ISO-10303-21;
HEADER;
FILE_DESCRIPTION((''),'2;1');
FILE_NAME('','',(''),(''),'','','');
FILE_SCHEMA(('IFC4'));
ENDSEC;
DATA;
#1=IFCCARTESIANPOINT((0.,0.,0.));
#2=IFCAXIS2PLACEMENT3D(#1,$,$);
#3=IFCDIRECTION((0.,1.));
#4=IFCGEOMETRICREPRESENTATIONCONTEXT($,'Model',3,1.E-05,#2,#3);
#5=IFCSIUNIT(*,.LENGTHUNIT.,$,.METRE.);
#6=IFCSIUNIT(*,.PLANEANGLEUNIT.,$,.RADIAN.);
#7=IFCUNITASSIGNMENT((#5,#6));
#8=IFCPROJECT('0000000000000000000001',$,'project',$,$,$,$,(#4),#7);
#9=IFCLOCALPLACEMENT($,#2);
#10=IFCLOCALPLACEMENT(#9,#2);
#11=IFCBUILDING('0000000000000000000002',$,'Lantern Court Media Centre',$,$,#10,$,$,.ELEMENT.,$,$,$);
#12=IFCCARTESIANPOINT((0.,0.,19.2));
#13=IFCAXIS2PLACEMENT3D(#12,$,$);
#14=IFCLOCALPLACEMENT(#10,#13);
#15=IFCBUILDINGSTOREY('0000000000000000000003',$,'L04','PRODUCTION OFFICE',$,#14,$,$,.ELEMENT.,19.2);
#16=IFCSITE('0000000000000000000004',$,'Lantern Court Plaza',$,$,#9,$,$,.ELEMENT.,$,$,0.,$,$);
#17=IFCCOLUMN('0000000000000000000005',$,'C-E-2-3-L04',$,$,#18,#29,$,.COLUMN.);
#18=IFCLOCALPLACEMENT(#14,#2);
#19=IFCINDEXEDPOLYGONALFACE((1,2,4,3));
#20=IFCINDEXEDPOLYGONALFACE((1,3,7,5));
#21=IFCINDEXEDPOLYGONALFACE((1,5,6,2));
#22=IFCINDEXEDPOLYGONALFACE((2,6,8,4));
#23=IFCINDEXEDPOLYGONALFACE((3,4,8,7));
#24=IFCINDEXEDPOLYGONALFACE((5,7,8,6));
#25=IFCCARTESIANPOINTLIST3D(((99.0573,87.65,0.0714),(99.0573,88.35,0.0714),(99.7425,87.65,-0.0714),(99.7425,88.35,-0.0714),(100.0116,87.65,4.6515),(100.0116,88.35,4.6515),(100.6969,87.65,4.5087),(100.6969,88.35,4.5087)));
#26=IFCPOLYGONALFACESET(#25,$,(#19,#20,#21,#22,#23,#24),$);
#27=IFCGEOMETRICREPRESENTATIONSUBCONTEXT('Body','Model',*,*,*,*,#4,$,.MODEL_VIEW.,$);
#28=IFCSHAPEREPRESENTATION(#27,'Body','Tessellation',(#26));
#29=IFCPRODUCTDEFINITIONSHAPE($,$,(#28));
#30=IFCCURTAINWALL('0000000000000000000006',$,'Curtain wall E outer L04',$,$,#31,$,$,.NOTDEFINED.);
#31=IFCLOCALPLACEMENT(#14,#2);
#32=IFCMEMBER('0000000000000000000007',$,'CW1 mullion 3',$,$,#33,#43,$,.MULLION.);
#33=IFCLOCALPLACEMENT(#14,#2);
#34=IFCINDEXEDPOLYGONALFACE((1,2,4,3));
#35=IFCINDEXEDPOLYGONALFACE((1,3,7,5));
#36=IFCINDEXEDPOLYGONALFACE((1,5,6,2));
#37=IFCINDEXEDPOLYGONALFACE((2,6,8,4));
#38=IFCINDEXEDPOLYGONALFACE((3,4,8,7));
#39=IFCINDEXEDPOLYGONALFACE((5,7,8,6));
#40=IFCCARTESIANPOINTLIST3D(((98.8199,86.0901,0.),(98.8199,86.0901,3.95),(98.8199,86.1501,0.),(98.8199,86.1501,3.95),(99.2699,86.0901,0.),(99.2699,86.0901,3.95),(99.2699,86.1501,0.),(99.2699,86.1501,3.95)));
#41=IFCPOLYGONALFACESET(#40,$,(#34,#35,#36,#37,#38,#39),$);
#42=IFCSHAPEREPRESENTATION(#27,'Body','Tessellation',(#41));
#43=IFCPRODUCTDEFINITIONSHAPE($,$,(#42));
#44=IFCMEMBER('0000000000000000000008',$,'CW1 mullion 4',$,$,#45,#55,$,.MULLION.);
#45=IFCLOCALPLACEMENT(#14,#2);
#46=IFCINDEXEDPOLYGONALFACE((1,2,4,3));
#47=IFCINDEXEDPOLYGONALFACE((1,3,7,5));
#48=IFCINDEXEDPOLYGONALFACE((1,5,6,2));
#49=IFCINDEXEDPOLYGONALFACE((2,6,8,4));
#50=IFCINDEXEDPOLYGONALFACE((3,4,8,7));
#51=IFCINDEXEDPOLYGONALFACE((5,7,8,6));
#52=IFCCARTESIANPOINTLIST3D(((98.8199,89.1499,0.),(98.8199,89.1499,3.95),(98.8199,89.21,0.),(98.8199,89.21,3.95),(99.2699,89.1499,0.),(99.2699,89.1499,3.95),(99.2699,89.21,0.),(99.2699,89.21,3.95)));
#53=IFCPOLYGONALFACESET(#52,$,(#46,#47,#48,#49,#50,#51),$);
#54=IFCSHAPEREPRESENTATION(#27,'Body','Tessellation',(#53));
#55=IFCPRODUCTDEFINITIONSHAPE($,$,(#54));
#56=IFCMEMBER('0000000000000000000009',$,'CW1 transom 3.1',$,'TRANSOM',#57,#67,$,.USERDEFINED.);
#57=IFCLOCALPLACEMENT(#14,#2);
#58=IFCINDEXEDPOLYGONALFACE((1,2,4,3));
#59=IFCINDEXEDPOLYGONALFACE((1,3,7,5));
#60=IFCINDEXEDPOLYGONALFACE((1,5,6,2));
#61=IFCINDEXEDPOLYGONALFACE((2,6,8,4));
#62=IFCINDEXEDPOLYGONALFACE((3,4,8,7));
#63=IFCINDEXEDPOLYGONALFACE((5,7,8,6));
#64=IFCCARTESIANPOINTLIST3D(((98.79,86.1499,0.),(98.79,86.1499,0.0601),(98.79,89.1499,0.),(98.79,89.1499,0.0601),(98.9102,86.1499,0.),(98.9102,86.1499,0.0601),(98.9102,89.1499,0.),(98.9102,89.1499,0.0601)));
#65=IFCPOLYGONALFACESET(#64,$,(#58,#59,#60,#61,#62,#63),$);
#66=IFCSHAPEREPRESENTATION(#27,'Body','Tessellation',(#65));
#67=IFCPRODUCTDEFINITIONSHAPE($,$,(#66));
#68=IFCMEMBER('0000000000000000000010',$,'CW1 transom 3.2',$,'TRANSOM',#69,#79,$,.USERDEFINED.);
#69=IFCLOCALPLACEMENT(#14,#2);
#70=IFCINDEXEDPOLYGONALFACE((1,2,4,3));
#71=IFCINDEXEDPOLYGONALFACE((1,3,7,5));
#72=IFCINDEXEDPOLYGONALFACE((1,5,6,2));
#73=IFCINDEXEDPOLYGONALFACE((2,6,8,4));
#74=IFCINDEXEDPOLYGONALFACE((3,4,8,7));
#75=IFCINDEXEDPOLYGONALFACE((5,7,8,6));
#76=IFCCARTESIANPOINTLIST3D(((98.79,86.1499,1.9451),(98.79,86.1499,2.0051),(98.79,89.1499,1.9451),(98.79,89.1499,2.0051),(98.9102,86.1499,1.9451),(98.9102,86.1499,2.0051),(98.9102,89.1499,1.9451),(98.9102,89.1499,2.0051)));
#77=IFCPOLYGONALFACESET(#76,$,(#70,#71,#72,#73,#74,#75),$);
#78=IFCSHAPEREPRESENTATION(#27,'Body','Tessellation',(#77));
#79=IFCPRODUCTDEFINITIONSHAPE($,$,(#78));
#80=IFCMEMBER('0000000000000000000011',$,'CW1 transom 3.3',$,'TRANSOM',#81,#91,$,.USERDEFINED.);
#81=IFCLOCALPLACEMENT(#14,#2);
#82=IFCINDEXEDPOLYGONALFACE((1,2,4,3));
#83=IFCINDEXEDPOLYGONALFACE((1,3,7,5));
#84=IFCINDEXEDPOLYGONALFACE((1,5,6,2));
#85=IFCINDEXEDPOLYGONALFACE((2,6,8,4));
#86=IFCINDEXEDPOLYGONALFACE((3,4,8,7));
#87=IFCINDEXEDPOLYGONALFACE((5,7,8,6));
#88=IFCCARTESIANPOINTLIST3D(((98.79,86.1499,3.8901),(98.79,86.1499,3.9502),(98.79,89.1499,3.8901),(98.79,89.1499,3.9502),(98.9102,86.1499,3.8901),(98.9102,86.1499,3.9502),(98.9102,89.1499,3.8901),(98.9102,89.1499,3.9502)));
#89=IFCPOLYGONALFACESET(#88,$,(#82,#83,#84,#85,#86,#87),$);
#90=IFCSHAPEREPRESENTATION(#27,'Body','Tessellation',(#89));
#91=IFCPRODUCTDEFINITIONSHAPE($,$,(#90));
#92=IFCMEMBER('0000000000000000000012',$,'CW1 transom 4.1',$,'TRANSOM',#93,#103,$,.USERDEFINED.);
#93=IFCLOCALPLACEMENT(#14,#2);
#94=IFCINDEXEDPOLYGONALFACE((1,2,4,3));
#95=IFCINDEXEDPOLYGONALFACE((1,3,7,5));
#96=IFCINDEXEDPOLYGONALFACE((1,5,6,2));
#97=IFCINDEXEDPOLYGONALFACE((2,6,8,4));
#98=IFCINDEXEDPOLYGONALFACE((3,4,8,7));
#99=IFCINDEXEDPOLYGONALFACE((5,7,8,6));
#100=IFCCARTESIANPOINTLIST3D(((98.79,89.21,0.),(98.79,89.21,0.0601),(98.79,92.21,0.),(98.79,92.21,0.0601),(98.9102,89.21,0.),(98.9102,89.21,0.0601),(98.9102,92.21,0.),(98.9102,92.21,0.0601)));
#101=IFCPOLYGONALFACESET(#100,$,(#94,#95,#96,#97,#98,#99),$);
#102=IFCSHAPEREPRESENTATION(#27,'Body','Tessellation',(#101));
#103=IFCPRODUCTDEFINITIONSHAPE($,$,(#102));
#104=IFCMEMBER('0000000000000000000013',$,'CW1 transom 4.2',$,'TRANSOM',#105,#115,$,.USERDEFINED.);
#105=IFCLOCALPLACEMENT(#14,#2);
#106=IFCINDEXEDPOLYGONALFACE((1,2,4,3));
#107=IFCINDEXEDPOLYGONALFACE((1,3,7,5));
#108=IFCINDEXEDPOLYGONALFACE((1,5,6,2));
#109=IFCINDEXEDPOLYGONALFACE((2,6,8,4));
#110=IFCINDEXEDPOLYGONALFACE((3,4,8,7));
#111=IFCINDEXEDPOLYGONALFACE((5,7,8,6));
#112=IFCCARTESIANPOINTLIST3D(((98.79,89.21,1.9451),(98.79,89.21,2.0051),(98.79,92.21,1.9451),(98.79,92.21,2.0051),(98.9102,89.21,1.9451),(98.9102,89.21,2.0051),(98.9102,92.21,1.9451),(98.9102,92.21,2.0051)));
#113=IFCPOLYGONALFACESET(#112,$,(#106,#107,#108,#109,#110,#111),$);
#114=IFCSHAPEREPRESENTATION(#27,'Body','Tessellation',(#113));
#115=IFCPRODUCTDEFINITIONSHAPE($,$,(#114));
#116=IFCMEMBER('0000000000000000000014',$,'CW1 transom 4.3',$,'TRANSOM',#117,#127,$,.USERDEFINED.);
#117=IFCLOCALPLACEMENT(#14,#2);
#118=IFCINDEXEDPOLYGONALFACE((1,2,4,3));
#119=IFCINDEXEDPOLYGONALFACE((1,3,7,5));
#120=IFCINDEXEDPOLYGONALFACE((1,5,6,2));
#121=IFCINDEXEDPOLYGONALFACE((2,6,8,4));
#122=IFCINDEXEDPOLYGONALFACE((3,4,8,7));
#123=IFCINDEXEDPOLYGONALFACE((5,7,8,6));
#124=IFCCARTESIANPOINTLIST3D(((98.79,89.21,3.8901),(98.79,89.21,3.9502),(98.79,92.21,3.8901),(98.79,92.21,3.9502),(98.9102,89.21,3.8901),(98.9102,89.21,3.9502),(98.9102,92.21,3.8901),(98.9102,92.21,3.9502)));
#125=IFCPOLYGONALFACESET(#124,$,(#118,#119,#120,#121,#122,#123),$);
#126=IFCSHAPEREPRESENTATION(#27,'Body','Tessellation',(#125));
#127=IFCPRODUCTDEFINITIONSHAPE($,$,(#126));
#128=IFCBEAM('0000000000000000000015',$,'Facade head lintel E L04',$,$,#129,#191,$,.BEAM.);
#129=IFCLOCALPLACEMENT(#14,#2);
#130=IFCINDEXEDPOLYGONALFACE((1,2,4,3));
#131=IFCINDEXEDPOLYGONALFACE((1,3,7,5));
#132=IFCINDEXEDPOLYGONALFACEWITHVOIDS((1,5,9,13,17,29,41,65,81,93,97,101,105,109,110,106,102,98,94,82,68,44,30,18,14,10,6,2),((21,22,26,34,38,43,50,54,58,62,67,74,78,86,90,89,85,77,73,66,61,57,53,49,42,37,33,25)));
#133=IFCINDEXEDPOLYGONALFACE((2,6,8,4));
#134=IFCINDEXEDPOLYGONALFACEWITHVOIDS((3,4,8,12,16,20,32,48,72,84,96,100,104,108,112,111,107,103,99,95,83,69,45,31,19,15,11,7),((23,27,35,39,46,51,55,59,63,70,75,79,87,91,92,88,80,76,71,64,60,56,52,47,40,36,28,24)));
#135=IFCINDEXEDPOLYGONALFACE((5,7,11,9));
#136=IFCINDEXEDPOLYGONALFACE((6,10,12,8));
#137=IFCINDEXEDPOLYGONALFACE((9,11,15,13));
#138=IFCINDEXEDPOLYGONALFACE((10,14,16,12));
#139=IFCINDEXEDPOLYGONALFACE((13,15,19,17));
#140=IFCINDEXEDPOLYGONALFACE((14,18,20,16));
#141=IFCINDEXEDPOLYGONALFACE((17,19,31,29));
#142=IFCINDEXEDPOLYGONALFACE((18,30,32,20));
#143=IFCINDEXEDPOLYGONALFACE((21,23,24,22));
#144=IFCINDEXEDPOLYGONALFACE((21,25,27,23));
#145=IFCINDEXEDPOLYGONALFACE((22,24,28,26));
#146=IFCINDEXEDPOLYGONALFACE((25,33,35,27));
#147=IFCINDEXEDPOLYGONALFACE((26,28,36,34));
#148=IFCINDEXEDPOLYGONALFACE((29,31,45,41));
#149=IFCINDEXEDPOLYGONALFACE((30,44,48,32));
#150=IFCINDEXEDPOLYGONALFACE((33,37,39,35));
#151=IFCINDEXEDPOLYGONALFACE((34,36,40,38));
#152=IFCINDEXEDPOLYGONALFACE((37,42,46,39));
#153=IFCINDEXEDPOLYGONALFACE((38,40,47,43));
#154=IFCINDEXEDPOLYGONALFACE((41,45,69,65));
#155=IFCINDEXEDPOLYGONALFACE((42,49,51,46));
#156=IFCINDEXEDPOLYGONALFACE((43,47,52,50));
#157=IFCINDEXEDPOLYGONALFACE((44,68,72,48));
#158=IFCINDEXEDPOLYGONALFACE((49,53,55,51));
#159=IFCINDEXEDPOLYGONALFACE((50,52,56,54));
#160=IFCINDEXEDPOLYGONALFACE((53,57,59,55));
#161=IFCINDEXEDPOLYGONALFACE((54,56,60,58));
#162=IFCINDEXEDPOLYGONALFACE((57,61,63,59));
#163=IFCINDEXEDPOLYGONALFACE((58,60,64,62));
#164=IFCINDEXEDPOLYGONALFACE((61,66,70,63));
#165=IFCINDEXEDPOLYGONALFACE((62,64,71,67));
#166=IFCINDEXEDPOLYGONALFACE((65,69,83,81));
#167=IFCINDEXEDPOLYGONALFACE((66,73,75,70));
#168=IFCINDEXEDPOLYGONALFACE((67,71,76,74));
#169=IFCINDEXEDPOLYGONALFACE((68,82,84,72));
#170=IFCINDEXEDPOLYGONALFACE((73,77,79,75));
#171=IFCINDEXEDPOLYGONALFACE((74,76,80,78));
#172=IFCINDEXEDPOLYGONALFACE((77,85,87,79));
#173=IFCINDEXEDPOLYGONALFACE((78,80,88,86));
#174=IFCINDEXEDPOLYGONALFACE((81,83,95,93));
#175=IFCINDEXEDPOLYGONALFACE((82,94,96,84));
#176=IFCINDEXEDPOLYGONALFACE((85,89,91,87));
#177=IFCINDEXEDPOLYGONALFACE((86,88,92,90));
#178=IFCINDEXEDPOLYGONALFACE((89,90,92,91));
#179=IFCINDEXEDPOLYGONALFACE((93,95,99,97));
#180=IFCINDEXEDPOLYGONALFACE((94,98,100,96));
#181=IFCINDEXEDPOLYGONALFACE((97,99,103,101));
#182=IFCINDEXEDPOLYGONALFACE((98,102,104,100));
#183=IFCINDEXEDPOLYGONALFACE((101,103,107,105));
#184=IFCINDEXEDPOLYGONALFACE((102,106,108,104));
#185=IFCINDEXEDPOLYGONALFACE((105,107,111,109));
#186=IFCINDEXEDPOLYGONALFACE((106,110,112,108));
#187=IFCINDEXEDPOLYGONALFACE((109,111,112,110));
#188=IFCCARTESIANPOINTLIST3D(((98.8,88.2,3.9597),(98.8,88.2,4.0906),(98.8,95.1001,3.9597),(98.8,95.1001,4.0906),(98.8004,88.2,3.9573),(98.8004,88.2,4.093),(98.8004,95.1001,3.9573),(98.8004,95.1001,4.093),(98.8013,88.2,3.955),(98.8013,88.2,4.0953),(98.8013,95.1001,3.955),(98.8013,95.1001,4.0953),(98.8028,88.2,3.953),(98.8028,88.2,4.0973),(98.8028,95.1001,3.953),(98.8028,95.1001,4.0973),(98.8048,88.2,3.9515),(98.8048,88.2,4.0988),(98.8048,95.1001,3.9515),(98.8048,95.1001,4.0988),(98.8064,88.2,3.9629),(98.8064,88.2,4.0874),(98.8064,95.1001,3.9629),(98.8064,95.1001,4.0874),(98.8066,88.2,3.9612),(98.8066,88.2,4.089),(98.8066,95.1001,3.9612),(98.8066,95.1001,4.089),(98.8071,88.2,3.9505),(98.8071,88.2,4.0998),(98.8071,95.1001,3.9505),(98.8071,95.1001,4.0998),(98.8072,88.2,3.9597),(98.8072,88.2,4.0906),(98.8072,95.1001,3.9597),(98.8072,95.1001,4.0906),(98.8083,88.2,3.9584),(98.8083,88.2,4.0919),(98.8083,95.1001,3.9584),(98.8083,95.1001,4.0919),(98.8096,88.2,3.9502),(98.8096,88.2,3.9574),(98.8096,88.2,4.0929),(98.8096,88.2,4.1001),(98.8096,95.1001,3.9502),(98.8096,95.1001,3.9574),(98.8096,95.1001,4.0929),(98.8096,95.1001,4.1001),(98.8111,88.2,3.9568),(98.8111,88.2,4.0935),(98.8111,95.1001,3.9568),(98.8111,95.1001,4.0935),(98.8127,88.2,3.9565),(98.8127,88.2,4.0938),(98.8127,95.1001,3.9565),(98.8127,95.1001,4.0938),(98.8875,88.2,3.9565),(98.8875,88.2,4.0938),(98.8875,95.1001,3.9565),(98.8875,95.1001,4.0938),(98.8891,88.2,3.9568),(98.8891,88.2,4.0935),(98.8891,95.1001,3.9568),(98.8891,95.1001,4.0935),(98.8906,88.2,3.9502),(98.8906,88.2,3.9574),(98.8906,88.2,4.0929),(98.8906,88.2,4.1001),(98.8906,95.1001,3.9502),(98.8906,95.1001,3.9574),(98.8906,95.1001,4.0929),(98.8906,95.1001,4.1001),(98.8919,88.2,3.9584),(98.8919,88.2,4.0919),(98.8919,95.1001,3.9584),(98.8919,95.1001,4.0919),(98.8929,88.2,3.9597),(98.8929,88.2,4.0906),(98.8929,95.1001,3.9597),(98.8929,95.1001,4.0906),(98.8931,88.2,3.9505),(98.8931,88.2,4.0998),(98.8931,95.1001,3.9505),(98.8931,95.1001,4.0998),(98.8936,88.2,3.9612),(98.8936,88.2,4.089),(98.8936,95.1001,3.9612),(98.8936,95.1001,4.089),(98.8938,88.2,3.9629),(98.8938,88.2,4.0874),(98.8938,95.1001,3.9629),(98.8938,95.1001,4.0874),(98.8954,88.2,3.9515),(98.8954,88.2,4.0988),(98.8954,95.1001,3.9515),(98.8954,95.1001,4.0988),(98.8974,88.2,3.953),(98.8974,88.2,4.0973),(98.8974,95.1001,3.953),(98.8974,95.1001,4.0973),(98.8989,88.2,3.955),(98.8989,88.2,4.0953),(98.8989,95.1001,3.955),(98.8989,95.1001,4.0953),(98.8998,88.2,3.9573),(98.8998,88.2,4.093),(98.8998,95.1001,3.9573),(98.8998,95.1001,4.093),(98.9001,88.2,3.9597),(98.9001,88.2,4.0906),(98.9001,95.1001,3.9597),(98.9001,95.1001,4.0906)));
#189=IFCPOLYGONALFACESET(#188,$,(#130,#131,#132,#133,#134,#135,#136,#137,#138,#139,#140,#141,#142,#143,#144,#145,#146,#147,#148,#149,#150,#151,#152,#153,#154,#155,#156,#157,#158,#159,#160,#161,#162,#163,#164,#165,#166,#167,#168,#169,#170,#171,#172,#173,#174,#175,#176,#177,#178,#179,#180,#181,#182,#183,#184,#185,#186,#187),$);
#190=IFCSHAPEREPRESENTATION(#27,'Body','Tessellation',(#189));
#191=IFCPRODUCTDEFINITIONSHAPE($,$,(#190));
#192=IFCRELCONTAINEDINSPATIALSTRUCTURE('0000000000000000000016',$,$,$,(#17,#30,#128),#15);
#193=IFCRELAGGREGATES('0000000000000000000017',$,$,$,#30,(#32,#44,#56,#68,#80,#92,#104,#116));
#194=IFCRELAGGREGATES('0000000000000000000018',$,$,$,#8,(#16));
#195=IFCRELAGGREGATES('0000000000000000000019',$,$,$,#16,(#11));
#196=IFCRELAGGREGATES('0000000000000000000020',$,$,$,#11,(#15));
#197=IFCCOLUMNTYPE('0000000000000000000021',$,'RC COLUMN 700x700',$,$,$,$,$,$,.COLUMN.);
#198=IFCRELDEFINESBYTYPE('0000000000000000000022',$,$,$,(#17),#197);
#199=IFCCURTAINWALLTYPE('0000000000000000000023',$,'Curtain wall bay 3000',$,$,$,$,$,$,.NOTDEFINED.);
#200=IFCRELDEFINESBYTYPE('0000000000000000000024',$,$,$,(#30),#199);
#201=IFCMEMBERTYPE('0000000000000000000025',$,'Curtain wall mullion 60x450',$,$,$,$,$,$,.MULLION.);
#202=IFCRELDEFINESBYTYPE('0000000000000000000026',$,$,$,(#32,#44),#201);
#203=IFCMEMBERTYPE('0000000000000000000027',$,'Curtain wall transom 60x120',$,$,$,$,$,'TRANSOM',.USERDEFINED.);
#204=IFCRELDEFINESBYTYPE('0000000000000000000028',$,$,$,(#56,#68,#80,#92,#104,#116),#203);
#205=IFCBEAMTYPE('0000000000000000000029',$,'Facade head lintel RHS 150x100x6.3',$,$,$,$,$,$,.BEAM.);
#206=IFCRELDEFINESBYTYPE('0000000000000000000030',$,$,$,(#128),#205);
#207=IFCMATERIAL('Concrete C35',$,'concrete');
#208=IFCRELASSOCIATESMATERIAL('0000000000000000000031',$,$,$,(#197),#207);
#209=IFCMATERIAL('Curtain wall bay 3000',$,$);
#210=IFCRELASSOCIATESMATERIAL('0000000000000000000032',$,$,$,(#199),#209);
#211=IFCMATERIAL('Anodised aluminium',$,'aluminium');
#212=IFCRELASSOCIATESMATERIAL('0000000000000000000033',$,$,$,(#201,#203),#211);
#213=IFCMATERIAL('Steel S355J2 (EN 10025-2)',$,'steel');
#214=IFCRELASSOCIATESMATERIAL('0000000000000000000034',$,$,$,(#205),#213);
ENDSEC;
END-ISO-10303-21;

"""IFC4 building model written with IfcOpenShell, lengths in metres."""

from ifc_helpers import new_model, si_unit, direction, frame, origin, origin_2d, place, context, subcontext, project, spatial, rectangle, hollow_rectangle, extrude, material, material_profile, profile_set, type_object, element, aggregate, save


model = new_model("IFC4")

# Units and contexts
model_context = context("Model", 3, precision=1e-05, world=origin(), true_north=direction((0.0, 1.0)))
body_context = subcontext(model_context, "Body", "Model", "MODEL_VIEW")
ifc_project = project(units=[si_unit("LENGTHUNIT", "METRE"), si_unit("PLANEANGLEUNIT", "RADIAN")], contexts=[model_context])

# Site, building, storey
site_placement = place(None, origin())
site = spatial("IfcSite", under=ifc_project, at=site_placement, Name="Lantern Court Plaza", CompositionType="ELEMENT", RefElevation=0.0)
building_placement = place(site_placement, origin())
building = spatial("IfcBuilding", under=site, at=building_placement, Name="Lantern Court Media Centre", CompositionType="ELEMENT")
storey_placement = place(building_placement, frame((0.0, 0.0, 19.2)))
storey = spatial("IfcBuildingStorey", under=building, at=storey_placement, Name="L04", Description="PRODUCTION OFFICE", CompositionType="ELEMENT", Elevation=19.2)

# Column
ifc_material_1 = material(Name="Concrete C35", Category="concrete")
ifc_material_profile_1 = material_profile(ifc_material_1, rectangle(XDim=0.7, YDim=0.7, at=origin_2d()), Name="RC 700x700")
ifc_profile_set_1 = profile_set([ifc_material_profile_1], Name="Concrete C35")
column_type = type_object("IfcColumnType", Name="RC COLUMN 700x700", PredefinedType="COLUMN", material=ifc_profile_set_1)
column_placement = place(storey_placement, frame((99.3999, 88.0, 0.0), z_axis=(0.203988, 0.0, 0.978973), x_axis=(0.0, 1.0, 0.0)))
element("IfcColumn", 1, at=column_placement, inside=storey, type_object=column_type, Name="C-E-2-3-L04", PredefinedType="COLUMN", context=body_context, shape_type="SweptSolid", body=[
    extrude(rectangle(XDim=0.7, YDim=0.7, at=origin_2d()), origin(), (0.0, 0.0, 1.0), 4.6785),
])

# Curtain wall, members
ifc_material_2 = material(Name="Curtain wall bay 3000")
curtain_wall_type = type_object("IfcCurtainWallType", Name="Curtain wall bay 3000", PredefinedType="NOTDEFINED", material=ifc_material_2)
curtain_wall_placement = place(storey_placement, origin())
curtain_wall = element("IfcCurtainWall", 2, at=curtain_wall_placement, inside=storey, type_object=curtain_wall_type, Name="Curtain wall E outer L04", PredefinedType="NOTDEFINED")
ifc_material_3 = material(Name="Anodised aluminium", Category="aluminium")
ifc_material_profile_2 = material_profile(ifc_material_3, rectangle(XDim=0.45, YDim=0.0601, at=origin_2d()), Name="AL 60x450")
ifc_profile_set_2 = profile_set([ifc_material_profile_2], Name="Anodised aluminium")
member_type_1 = type_object("IfcMemberType", Name="Curtain wall mullion 60x450", PredefinedType="MULLION", material=ifc_profile_set_2)
member_1_placement = place(storey_placement, frame((99.0449, 86.1201, 0.0), z_axis=(0.0, 0.0, 1.0), x_axis=(-1.0, 0.0, 0.0)))
member_1 = element("IfcMember", 3, at=member_1_placement, type_object=member_type_1, Name="CW1 mullion 3", PredefinedType="MULLION", context=body_context, shape_type="SweptSolid", body=[
    extrude(rectangle(XDim=0.45, YDim=0.0601, at=origin_2d()), origin(), (0.0, 0.0, 1.0), 3.95),
])
member_2_placement = place(storey_placement, frame((99.0449, 89.1799, 0.0), z_axis=(0.0, 0.0, 1.0), x_axis=(-1.0, 0.0, 0.0)))
member_2 = element("IfcMember", 4, at=member_2_placement, type_object=member_type_1, Name="CW1 mullion 4", PredefinedType="MULLION", context=body_context, shape_type="SweptSolid", body=[
    extrude(rectangle(XDim=0.45, YDim=0.0601, at=origin_2d()), origin(), (0.0, 0.0, 1.0), 3.95),
])
ifc_material_profile_3 = material_profile(ifc_material_3, rectangle(XDim=0.1201, YDim=0.0601, at=origin_2d()), Name="AL 60x120")
ifc_profile_set_3 = profile_set([ifc_material_profile_3], Name="Anodised aluminium")
member_type_2 = type_object("IfcMemberType", Name="Curtain wall transom 60x120", ElementType="TRANSOM", PredefinedType="USERDEFINED", material=ifc_profile_set_3)
member_3_placement = place(storey_placement, frame((98.8501, 86.1499, 0.03), z_axis=(0.0, 1.0, 0.0), x_axis=(-1.0, 0.0, 0.0)))
member_3 = element("IfcMember", 5, at=member_3_placement, type_object=member_type_2, Name="CW1 transom 3.1", ObjectType="TRANSOM", PredefinedType="USERDEFINED", context=body_context, shape_type="SweptSolid", body=[
    extrude(rectangle(XDim=0.1201, YDim=0.0601, at=origin_2d()), origin(), (0.0, 0.0, 1.0), 3.0),
])
member_4_placement = place(storey_placement, frame((98.8501, 86.1499, 1.9751), z_axis=(0.0, 1.0, 0.0), x_axis=(-1.0, 0.0, 0.0)))
member_4 = element("IfcMember", 6, at=member_4_placement, type_object=member_type_2, Name="CW1 transom 3.2", ObjectType="TRANSOM", PredefinedType="USERDEFINED", context=body_context, shape_type="SweptSolid", body=[
    extrude(rectangle(XDim=0.1201, YDim=0.0601, at=origin_2d()), origin(), (0.0, 0.0, 1.0), 3.0),
])
member_5_placement = place(storey_placement, frame((98.8501, 86.1499, 3.9202), z_axis=(0.0, 1.0, 0.0), x_axis=(-1.0, 0.0, 0.0)))
member_5 = element("IfcMember", 7, at=member_5_placement, type_object=member_type_2, Name="CW1 transom 3.3", ObjectType="TRANSOM", PredefinedType="USERDEFINED", context=body_context, shape_type="SweptSolid", body=[
    extrude(rectangle(XDim=0.1201, YDim=0.0601, at=origin_2d()), origin(), (0.0, 0.0, 1.0), 3.0),
])
member_6_placement = place(storey_placement, frame((98.8501, 89.21, 0.03), z_axis=(0.0, 1.0, 0.0), x_axis=(-1.0, 0.0, 0.0)))
member_6 = element("IfcMember", 8, at=member_6_placement, type_object=member_type_2, Name="CW1 transom 4.1", ObjectType="TRANSOM", PredefinedType="USERDEFINED", context=body_context, shape_type="SweptSolid", body=[
    extrude(rectangle(XDim=0.1201, YDim=0.0601, at=origin_2d()), origin(), (0.0, 0.0, 1.0), 3.0),
])
member_7_placement = place(storey_placement, frame((98.8501, 89.21, 1.9751), z_axis=(0.0, 1.0, 0.0), x_axis=(-1.0, 0.0, 0.0)))
member_7 = element("IfcMember", 9, at=member_7_placement, type_object=member_type_2, Name="CW1 transom 4.2", ObjectType="TRANSOM", PredefinedType="USERDEFINED", context=body_context, shape_type="SweptSolid", body=[
    extrude(rectangle(XDim=0.1201, YDim=0.0601, at=origin_2d()), origin(), (0.0, 0.0, 1.0), 3.0),
])
member_8_placement = place(storey_placement, frame((98.8501, 89.21, 3.9202), z_axis=(0.0, 1.0, 0.0), x_axis=(-1.0, 0.0, 0.0)))
member_8 = element("IfcMember", 10, at=member_8_placement, type_object=member_type_2, Name="CW1 transom 4.3", ObjectType="TRANSOM", PredefinedType="USERDEFINED", context=body_context, shape_type="SweptSolid", body=[
    extrude(rectangle(XDim=0.1201, YDim=0.0601, at=origin_2d()), origin(), (0.0, 0.0, 1.0), 3.0),
])

# Beam
ifc_material_4 = material(Name="Steel S355J2 (EN 10025-2)", Category="steel")
ifc_material_profile_4 = material_profile(ifc_material_4, hollow_rectangle(XDim=0.1001, YDim=0.1499, WallThickness=0.0063, InnerFilletRadius=0.0063, OuterFilletRadius=0.0095, at=origin_2d()), Name="Facade head lintel RHS 150x100x6.3")
ifc_profile_set_4 = profile_set([ifc_material_profile_4], Name="Steel S355J2 (EN 10025-2)")
beam_type_1 = type_object("IfcBeamType", Name="Facade head lintel RHS 150x100x6.3", PredefinedType="BEAM", material=ifc_profile_set_4)
beam_1_placement = place(storey_placement, frame((98.8501, 88.2, 4.0251), z_axis=(0.0, 1.0, 0.0), x_axis=(-1.0, 0.0, 0.0)))
element("IfcBeam", 11, at=beam_1_placement, inside=storey, type_object=beam_type_1, Name="Facade head lintel E L04", PredefinedType="BEAM", context=body_context, shape_type="SweptSolid", body=[
    extrude(hollow_rectangle(XDim=0.1001, YDim=0.1499, WallThickness=0.0063, InnerFilletRadius=0.0063, OuterFilletRadius=0.0095, at=origin_2d()), origin(), (0.0, 0.0, 1.0), 6.9001),
])

aggregate(curtain_wall, [member_1, member_2, member_3, member_4, member_5, member_6, member_7, member_8])

save(model, "model.ifc")
